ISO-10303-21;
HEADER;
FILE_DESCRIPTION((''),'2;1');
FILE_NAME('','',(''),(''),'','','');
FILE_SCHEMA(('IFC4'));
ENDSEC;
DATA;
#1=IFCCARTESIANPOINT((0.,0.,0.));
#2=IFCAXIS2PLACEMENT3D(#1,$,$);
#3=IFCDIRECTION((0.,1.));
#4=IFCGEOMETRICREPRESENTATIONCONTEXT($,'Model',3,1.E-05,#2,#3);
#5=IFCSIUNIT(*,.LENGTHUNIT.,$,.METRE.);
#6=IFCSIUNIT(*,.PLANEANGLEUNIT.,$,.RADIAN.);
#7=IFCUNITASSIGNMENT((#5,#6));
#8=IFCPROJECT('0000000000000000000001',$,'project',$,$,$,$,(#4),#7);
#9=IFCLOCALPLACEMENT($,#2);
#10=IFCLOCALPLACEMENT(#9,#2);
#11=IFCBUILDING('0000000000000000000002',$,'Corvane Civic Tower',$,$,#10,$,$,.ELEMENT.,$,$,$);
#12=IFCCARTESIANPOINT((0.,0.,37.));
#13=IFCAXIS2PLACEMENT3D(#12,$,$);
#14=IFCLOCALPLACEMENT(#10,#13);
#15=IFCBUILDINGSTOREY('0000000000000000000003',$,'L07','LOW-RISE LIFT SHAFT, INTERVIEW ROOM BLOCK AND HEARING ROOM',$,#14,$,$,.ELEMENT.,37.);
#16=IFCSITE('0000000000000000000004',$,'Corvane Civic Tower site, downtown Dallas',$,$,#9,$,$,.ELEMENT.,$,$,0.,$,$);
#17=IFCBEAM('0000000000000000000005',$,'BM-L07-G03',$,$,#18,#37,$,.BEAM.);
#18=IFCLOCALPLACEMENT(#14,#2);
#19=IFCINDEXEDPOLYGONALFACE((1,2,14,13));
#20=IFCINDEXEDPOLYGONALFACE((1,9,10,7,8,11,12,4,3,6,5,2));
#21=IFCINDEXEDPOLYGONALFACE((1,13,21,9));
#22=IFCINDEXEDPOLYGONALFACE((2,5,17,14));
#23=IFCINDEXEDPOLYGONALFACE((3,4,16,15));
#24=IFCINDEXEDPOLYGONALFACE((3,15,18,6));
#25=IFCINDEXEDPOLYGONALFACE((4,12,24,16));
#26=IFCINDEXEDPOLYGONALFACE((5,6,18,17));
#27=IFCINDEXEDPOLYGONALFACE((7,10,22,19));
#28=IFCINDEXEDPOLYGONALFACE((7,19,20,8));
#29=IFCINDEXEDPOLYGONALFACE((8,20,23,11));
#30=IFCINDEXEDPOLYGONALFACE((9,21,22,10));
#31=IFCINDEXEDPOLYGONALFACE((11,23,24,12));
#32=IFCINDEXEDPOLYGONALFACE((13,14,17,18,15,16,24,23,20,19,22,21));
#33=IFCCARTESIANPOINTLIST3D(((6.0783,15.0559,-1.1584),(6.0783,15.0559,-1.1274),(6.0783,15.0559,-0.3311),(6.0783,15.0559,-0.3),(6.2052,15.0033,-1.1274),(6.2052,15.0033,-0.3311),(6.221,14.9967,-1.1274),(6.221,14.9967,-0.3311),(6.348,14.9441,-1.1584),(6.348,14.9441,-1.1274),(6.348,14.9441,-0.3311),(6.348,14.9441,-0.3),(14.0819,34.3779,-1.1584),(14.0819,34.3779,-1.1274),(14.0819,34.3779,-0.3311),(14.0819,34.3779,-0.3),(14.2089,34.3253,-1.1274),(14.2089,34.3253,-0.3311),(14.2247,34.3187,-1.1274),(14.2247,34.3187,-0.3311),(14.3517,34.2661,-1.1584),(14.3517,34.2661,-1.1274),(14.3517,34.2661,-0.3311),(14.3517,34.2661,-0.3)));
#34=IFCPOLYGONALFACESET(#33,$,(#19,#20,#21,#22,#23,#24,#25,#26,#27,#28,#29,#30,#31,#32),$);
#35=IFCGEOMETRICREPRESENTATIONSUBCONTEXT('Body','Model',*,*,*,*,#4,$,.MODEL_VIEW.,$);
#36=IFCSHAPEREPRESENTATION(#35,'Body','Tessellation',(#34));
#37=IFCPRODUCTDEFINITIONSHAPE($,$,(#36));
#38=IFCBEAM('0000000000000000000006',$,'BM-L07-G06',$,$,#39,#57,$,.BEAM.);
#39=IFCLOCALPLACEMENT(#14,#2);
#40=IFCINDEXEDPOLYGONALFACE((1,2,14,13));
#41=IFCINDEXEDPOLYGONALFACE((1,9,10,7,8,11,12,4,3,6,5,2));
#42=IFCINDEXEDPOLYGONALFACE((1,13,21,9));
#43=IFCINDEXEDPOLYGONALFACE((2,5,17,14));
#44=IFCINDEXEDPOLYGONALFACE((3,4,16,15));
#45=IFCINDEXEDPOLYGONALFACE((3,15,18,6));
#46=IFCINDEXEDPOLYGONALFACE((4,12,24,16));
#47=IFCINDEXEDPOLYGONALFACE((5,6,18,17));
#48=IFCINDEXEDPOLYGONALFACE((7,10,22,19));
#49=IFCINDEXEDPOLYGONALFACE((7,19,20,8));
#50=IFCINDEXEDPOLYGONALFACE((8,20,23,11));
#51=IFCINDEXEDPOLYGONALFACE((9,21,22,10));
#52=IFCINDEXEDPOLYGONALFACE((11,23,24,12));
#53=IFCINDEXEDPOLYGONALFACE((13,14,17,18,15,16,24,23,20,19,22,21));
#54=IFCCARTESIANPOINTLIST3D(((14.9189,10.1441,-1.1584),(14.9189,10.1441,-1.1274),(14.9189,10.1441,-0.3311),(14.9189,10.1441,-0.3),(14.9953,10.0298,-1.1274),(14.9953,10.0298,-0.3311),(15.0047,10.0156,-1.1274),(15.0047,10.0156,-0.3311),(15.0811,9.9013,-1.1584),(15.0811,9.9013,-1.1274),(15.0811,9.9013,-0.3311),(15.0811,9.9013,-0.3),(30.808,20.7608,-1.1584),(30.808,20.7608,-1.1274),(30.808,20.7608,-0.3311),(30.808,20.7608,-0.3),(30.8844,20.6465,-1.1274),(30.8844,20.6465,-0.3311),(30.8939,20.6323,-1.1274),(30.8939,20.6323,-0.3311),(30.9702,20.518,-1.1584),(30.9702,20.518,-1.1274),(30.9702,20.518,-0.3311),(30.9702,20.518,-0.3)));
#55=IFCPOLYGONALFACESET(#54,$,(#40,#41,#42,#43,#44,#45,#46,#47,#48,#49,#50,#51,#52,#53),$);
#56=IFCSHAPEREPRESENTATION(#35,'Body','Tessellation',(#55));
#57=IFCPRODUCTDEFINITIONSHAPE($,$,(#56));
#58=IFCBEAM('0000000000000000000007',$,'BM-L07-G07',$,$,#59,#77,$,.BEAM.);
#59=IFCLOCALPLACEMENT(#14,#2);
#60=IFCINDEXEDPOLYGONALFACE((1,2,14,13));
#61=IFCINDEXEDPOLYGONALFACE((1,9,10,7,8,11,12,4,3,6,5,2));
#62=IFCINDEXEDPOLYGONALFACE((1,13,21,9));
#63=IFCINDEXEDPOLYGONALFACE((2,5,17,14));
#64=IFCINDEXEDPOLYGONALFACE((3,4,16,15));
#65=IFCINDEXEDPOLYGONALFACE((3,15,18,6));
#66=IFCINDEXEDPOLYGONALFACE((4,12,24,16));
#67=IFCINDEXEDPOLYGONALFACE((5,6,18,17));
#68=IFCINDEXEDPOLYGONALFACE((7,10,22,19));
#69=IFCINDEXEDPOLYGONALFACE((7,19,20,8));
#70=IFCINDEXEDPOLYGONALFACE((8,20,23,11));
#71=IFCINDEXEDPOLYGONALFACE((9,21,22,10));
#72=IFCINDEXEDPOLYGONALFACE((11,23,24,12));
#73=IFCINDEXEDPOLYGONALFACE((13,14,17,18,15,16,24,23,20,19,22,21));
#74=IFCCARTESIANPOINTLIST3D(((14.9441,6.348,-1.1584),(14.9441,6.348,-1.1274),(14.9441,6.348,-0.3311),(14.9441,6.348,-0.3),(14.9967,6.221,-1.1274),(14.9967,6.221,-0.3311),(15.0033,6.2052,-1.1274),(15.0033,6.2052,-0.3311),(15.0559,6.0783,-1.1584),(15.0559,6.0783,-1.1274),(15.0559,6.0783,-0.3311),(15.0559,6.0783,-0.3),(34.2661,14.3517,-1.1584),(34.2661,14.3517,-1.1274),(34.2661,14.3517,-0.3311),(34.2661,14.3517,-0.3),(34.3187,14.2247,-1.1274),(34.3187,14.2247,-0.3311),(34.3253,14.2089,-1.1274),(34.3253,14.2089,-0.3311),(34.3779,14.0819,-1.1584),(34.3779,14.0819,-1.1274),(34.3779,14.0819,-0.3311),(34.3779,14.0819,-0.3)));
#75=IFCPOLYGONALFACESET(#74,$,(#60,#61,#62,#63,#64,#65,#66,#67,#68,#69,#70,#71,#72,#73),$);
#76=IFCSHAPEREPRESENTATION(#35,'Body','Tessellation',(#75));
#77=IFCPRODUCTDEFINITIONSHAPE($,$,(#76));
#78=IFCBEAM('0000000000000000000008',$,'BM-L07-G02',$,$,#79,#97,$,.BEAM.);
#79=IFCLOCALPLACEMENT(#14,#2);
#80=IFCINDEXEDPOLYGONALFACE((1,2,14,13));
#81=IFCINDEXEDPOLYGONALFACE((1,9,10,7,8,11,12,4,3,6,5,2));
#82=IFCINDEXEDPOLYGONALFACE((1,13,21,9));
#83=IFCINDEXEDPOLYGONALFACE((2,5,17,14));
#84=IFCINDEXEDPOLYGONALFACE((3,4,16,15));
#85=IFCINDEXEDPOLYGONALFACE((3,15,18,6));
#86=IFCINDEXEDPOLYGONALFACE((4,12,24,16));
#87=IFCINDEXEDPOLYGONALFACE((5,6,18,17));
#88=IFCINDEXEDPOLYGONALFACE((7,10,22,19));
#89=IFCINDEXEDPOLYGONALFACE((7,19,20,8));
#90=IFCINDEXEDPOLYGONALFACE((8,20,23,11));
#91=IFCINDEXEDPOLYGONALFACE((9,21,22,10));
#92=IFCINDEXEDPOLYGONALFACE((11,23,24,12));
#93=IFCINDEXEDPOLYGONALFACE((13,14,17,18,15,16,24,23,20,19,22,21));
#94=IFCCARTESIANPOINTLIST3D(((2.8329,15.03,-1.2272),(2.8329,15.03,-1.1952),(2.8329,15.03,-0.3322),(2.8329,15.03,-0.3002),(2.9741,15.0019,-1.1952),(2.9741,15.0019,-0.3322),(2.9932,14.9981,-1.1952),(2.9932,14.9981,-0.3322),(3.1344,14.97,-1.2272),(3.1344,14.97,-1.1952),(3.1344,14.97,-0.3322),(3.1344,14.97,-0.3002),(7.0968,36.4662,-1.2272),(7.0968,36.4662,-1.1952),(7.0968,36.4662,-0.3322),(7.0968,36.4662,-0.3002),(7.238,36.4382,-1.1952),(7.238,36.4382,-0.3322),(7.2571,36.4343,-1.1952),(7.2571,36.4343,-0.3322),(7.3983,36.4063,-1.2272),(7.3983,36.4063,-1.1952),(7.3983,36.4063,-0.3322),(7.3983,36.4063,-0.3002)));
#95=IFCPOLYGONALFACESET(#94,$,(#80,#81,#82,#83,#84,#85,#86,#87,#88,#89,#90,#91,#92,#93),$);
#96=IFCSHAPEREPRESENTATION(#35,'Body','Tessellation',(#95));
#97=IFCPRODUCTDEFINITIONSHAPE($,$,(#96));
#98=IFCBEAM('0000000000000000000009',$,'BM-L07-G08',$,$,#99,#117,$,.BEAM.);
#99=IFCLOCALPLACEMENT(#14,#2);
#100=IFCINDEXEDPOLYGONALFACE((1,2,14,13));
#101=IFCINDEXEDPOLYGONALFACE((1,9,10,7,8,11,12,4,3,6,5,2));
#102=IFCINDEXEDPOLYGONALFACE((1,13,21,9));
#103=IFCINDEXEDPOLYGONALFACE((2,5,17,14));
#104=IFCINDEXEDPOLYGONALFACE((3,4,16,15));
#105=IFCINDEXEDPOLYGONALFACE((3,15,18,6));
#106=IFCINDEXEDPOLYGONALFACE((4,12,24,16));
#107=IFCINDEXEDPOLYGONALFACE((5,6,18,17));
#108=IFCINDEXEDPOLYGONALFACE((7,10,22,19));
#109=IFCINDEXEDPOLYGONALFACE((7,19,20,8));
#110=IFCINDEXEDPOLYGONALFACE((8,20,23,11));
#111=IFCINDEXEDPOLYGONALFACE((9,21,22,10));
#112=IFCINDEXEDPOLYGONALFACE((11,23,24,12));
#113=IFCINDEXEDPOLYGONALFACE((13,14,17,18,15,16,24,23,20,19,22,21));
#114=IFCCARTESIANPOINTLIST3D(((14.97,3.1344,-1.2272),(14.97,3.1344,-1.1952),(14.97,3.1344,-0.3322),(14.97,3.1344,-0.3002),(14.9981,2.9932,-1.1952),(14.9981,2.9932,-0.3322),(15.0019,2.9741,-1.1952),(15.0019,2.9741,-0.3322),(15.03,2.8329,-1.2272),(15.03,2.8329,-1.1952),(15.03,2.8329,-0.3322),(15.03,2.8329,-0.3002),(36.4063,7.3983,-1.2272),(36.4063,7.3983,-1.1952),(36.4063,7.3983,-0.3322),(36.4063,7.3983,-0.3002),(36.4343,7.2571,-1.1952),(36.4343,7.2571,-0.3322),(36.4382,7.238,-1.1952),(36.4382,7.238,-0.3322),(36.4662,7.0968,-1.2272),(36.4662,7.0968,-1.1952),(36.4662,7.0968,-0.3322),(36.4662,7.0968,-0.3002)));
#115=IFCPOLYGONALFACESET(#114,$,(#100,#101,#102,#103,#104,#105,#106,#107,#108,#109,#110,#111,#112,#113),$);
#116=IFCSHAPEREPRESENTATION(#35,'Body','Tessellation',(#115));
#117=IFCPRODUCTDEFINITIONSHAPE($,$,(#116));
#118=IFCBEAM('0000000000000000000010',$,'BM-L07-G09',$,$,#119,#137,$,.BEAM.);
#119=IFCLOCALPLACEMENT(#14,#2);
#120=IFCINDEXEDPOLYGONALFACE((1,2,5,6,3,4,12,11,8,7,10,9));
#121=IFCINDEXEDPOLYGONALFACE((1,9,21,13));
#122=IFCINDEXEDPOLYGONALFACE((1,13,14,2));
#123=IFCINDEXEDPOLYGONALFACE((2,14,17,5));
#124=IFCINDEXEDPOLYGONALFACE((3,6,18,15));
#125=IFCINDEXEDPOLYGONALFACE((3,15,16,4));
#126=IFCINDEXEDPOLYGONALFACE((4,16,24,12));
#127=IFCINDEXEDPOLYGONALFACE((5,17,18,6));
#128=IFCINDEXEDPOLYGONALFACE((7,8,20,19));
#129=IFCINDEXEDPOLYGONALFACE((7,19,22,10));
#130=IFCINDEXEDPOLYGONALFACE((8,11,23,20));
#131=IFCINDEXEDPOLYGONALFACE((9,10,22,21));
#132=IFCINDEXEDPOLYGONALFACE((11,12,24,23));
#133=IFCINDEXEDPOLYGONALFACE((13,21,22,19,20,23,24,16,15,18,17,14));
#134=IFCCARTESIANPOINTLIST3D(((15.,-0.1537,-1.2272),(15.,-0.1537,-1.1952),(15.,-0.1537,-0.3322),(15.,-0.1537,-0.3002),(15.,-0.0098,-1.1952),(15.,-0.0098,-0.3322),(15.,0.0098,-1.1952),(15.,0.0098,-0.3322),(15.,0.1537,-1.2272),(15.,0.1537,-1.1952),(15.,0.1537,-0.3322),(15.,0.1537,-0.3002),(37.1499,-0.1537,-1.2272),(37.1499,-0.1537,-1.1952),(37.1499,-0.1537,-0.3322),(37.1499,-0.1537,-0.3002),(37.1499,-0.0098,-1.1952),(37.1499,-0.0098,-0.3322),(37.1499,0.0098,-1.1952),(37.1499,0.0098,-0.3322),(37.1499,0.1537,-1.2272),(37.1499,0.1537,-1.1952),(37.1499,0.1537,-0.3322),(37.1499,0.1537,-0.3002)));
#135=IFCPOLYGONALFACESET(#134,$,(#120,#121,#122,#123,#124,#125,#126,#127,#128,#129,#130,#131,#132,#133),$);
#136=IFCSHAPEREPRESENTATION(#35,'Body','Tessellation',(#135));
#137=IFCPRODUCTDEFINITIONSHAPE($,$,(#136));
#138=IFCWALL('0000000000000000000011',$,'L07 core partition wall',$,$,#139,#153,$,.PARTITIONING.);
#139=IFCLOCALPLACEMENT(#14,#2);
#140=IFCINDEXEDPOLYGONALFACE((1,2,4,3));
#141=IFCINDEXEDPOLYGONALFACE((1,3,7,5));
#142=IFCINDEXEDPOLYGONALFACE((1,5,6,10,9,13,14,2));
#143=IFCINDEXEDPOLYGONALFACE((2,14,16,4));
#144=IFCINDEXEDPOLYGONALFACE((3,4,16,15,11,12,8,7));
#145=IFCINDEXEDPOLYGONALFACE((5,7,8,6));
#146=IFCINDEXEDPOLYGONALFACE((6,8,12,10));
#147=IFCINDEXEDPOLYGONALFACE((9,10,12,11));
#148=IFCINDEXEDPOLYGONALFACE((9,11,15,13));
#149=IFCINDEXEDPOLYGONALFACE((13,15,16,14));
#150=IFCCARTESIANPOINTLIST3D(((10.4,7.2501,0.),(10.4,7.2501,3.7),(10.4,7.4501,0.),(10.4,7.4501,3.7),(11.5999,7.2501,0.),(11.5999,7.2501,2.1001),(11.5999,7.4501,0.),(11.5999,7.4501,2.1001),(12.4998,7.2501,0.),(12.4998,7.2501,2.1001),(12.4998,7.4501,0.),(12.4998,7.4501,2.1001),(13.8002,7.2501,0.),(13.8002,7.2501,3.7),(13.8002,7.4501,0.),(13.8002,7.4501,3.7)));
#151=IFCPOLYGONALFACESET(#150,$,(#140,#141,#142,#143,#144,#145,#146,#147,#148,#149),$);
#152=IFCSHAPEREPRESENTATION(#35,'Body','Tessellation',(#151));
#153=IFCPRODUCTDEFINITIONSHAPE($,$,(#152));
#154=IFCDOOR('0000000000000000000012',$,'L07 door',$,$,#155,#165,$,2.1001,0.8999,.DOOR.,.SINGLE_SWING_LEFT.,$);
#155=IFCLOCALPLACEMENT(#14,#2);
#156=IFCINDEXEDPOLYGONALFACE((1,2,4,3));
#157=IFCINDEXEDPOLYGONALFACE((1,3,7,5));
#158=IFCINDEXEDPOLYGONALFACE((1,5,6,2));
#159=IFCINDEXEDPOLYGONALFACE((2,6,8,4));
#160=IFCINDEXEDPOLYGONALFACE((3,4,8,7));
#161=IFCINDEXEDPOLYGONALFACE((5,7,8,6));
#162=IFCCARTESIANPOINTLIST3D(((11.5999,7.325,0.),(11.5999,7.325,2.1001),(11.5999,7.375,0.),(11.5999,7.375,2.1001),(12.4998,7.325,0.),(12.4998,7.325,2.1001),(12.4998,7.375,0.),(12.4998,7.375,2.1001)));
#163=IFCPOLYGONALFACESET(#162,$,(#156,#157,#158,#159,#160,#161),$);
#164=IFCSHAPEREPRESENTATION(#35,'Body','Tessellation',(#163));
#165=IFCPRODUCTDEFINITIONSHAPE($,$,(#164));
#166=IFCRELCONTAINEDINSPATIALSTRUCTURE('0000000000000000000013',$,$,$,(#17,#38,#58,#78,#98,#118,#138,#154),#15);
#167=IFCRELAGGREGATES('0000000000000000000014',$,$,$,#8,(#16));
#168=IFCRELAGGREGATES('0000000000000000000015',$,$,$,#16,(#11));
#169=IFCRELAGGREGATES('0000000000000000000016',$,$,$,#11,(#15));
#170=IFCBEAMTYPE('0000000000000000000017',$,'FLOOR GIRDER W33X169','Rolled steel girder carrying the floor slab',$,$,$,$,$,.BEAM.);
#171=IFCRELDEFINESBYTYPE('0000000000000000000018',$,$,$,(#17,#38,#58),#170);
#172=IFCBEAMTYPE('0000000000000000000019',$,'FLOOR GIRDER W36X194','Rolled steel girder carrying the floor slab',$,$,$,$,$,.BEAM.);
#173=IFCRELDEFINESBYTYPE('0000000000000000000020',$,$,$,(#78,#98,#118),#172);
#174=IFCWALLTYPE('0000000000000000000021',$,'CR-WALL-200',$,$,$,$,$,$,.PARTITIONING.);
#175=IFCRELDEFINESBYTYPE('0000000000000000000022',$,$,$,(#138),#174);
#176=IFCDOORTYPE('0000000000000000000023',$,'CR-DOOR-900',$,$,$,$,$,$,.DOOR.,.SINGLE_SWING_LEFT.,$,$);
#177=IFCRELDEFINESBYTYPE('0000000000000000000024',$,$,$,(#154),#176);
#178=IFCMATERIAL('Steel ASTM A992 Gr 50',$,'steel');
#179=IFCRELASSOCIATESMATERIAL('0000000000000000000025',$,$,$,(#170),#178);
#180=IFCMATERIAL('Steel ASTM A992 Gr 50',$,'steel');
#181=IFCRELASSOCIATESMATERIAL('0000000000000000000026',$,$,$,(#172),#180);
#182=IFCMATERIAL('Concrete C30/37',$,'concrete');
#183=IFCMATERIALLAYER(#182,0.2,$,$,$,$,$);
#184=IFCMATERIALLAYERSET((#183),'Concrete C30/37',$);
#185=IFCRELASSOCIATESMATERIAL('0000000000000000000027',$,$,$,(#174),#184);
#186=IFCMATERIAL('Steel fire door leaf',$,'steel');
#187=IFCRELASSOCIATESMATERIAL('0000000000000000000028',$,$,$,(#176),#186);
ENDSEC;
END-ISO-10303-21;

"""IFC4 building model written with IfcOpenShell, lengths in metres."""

from ifc_helpers import new_model, si_unit, direction, frame, frame_2d, origin, origin_2d, place, context, subcontext, project, spatial, rectangle, i_section, extrude, material, layer, layer_set, material_profile, profile_set, type_object, element, fill, save


model = new_model("IFC4")

# Units and contexts
model_context = context("Model", 3, precision=1e-05, world=origin(), true_north=direction((0.0, 1.0)))
body_context = subcontext(model_context, "Body", "Model", "MODEL_VIEW")
ifc_project = project(units=[si_unit("LENGTHUNIT", "METRE"), si_unit("PLANEANGLEUNIT", "RADIAN")], contexts=[model_context])

# Site, building, storey
site_placement = place(None, origin())
site = spatial("IfcSite", under=ifc_project, at=site_placement, Name="Corvane Civic Tower site, downtown Dallas", CompositionType="ELEMENT", RefElevation=0.0)
building_placement = place(site_placement, origin())
building = spatial("IfcBuilding", under=site, at=building_placement, Name="Corvane Civic Tower", CompositionType="ELEMENT")
storey_placement = place(building_placement, frame((0.0, 0.0, 37.0)))
storey = spatial("IfcBuildingStorey", under=building, at=storey_placement, Name="L07", Description="LOW-RISE LIFT SHAFT, INTERVIEW ROOM BLOCK AND HEARING ROOM", CompositionType="ELEMENT", Elevation=37.0)

# Beams
ifc_material_1 = material(Name="Steel ASTM A992 Gr 50", Category="steel")
ifc_material_profile_1 = material_profile(ifc_material_1, i_section(OverallWidth=0.292, OverallDepth=0.8584, WebThickness=0.0171, FlangeThickness=0.031, at=origin_2d()), Name="W33X169")
ifc_profile_set_1 = profile_set([ifc_material_profile_1], Name="Steel ASTM A992 Gr 50")
beam_type_1 = type_object("IfcBeamType", Name="FLOOR GIRDER W33X169", Description="Rolled steel girder carrying the floor slab", PredefinedType="BEAM", material=ifc_profile_set_1)
beam_1_placement = place(storey_placement, frame((6.2131, 15.0, -0.7292), z_axis=(0.382692, 0.923876, 0.0), x_axis=(-0.923876, 0.382692, 0.0)))
element("IfcBeam", 1, at=beam_1_placement, inside=storey, type_object=beam_type_1, Name="BM-L07-G03", PredefinedType="BEAM", context=body_context, shape_type="SweptSolid", body=[
    extrude(i_section(OverallWidth=0.292, OverallDepth=0.8584, WebThickness=0.0171, FlangeThickness=0.031, at=origin_2d()), origin(), (0.0, 0.0, 1.0), 20.9141),
])
beam_2_placement = place(storey_placement, frame((15.0, 10.0227, -0.7292), z_axis=(0.831472, 0.555567, 0.0), x_axis=(-0.555567, 0.831472, 0.0)))
element("IfcBeam", 2, at=beam_2_placement, inside=storey, type_object=beam_type_1, Name="BM-L07-G06", PredefinedType="BEAM", context=body_context, shape_type="SweptSolid", body=[
    extrude(i_section(OverallWidth=0.292, OverallDepth=0.8584, WebThickness=0.0171, FlangeThickness=0.031, at=origin_2d()), origin(), (0.0, 0.0, 1.0), 19.1096),
])
beam_3_placement = place(storey_placement, frame((15.0, 6.2131, -0.7292), z_axis=(0.923876, 0.382692, 0.0), x_axis=(-0.382692, 0.923876, 0.0)))
element("IfcBeam", 3, at=beam_3_placement, inside=storey, type_object=beam_type_1, Name="BM-L07-G07", PredefinedType="BEAM", context=body_context, shape_type="SweptSolid", body=[
    extrude(i_section(OverallWidth=0.292, OverallDepth=0.8584, WebThickness=0.0171, FlangeThickness=0.031, at=origin_2d()), origin(), (0.0, 0.0, 1.0), 20.9141),
])
ifc_material_2 = material(Name="Steel ASTM A992 Gr 50", Category="steel")
ifc_material_profile_2 = material_profile(ifc_material_2, i_section(OverallWidth=0.3074, OverallDepth=0.927, WebThickness=0.0195, FlangeThickness=0.032, at=origin_2d()), Name="W36X194")
ifc_profile_set_2 = profile_set([ifc_material_profile_2], Name="Steel ASTM A992 Gr 50")
beam_type_2 = type_object("IfcBeamType", Name="FLOOR GIRDER W36X194", Description="Rolled steel girder carrying the floor slab", PredefinedType="BEAM", material=ifc_profile_set_2)
for number, where, z_axis, x_axis, name in (
    (4, (2.9836, 15.0, -0.7637), (0.195089, 0.980785, 0.0), (-0.980785, 0.195089, 0.0), "BM-L07-G02"),
    (5, (15.0, 2.9836, -0.7637), (0.980785, 0.195089, 0.0), (-0.195089, 0.980785, 0.0), "BM-L07-G08"),
):
    element("IfcBeam", number, at=place(storey_placement, frame(where, z_axis=z_axis, x_axis=x_axis)), inside=storey, type_object=beam_type_2, Name=name, PredefinedType="BEAM", context=body_context, shape_type="SweptSolid", body=[
        extrude(i_section(OverallWidth=0.3074, OverallDepth=0.927, WebThickness=0.0195, FlangeThickness=0.032, at=origin_2d()), origin(), (0.0, 0.0, 1.0), 21.8562),
    ])
beam_4_placement = place(storey_placement, frame((15.0, 0.0, -0.7637), z_axis=(1.0, 0.0, 0.0), x_axis=(0.0, 1.0, 0.0)))
element("IfcBeam", 6, at=beam_4_placement, inside=storey, type_object=beam_type_2, Name="BM-L07-G09", PredefinedType="BEAM", context=body_context, shape_type="SweptSolid", body=[
    extrude(i_section(OverallWidth=0.3074, OverallDepth=0.927, WebThickness=0.0195, FlangeThickness=0.032, at=origin_2d()), origin(), (0.0, 0.0, 1.0), 22.1499),
])

# Wall, opening, door
ifc_material_3 = material(Name="Concrete C30/37", Category="concrete")
ifc_layer_1 = layer(ifc_material_3, 0.2)
ifc_layer_set_1 = layer_set([ifc_layer_1], Name="Concrete C30/37")
wall_type_1 = type_object("IfcWallType", Name="CR-WALL-200", PredefinedType="PARTITIONING", material=ifc_layer_set_1)
wall_1_placement = place(storey_placement, frame((10.3999, 7.3501, 0.0), z_axis=(0.0, 0.0, 1.0), x_axis=(1.0, 0.0, 0.0)))
wall_1 = element("IfcWall", 7, at=wall_1_placement, inside=storey, type_object=wall_type_1, Name="L07 core partition wall", PredefinedType="PARTITIONING", context=body_context, shape_type="SweptSolid", body=[
    extrude(rectangle(XDim=3.4001, YDim=0.2, at=frame_2d((1.7002, 0.0))), origin(), (0.0, 0.0, 1.0), 3.7),
])
opening_1_placement = place(wall_1_placement, frame((1.2, 0.0, 0.0)))
opening_1 = element("IfcOpeningElement", 8, at=opening_1_placement, cuts=wall_1, PredefinedType="OPENING", context=body_context, shape_type="SweptSolid", body=[
    extrude(rectangle(XDim=0.8999, YDim=2.1001, at=frame_2d((0.45, 1.05))), frame((0.0, 0.1099, 0.0), z_axis=(0.0, -1.0, 0.0), x_axis=(1.0, 0.0, 0.0)), (0.0, 0.0, 1.0), 0.22),
])
ifc_material_4 = material(Name="Steel fire door leaf", Category="steel")
door_type_1 = type_object("IfcDoorType", Name="CR-DOOR-900", OperationType="SINGLE_SWING_LEFT", PredefinedType="DOOR", material=ifc_material_4)
door_1_placement = place(opening_1_placement, origin())
door_1 = element("IfcDoor", 9, at=door_1_placement, inside=storey, type_object=door_type_1, Name="L07 door", OperationType="SINGLE_SWING_LEFT", OverallHeight=2.1001, OverallWidth=0.8999, PredefinedType="DOOR", context=body_context, shape_type="SweptSolid", body=[
    extrude(rectangle(XDim=0.8999, YDim=2.1001, at=frame_2d((0.45, 1.05))), frame((0.0, 0.0249, 0.0), z_axis=(0.0, -1.0, 0.0), x_axis=(1.0, 0.0, 0.0)), (0.0, 0.0, 1.0), 0.05),
])
fill(opening_1, door_1)

save(model, "model.ifc")
